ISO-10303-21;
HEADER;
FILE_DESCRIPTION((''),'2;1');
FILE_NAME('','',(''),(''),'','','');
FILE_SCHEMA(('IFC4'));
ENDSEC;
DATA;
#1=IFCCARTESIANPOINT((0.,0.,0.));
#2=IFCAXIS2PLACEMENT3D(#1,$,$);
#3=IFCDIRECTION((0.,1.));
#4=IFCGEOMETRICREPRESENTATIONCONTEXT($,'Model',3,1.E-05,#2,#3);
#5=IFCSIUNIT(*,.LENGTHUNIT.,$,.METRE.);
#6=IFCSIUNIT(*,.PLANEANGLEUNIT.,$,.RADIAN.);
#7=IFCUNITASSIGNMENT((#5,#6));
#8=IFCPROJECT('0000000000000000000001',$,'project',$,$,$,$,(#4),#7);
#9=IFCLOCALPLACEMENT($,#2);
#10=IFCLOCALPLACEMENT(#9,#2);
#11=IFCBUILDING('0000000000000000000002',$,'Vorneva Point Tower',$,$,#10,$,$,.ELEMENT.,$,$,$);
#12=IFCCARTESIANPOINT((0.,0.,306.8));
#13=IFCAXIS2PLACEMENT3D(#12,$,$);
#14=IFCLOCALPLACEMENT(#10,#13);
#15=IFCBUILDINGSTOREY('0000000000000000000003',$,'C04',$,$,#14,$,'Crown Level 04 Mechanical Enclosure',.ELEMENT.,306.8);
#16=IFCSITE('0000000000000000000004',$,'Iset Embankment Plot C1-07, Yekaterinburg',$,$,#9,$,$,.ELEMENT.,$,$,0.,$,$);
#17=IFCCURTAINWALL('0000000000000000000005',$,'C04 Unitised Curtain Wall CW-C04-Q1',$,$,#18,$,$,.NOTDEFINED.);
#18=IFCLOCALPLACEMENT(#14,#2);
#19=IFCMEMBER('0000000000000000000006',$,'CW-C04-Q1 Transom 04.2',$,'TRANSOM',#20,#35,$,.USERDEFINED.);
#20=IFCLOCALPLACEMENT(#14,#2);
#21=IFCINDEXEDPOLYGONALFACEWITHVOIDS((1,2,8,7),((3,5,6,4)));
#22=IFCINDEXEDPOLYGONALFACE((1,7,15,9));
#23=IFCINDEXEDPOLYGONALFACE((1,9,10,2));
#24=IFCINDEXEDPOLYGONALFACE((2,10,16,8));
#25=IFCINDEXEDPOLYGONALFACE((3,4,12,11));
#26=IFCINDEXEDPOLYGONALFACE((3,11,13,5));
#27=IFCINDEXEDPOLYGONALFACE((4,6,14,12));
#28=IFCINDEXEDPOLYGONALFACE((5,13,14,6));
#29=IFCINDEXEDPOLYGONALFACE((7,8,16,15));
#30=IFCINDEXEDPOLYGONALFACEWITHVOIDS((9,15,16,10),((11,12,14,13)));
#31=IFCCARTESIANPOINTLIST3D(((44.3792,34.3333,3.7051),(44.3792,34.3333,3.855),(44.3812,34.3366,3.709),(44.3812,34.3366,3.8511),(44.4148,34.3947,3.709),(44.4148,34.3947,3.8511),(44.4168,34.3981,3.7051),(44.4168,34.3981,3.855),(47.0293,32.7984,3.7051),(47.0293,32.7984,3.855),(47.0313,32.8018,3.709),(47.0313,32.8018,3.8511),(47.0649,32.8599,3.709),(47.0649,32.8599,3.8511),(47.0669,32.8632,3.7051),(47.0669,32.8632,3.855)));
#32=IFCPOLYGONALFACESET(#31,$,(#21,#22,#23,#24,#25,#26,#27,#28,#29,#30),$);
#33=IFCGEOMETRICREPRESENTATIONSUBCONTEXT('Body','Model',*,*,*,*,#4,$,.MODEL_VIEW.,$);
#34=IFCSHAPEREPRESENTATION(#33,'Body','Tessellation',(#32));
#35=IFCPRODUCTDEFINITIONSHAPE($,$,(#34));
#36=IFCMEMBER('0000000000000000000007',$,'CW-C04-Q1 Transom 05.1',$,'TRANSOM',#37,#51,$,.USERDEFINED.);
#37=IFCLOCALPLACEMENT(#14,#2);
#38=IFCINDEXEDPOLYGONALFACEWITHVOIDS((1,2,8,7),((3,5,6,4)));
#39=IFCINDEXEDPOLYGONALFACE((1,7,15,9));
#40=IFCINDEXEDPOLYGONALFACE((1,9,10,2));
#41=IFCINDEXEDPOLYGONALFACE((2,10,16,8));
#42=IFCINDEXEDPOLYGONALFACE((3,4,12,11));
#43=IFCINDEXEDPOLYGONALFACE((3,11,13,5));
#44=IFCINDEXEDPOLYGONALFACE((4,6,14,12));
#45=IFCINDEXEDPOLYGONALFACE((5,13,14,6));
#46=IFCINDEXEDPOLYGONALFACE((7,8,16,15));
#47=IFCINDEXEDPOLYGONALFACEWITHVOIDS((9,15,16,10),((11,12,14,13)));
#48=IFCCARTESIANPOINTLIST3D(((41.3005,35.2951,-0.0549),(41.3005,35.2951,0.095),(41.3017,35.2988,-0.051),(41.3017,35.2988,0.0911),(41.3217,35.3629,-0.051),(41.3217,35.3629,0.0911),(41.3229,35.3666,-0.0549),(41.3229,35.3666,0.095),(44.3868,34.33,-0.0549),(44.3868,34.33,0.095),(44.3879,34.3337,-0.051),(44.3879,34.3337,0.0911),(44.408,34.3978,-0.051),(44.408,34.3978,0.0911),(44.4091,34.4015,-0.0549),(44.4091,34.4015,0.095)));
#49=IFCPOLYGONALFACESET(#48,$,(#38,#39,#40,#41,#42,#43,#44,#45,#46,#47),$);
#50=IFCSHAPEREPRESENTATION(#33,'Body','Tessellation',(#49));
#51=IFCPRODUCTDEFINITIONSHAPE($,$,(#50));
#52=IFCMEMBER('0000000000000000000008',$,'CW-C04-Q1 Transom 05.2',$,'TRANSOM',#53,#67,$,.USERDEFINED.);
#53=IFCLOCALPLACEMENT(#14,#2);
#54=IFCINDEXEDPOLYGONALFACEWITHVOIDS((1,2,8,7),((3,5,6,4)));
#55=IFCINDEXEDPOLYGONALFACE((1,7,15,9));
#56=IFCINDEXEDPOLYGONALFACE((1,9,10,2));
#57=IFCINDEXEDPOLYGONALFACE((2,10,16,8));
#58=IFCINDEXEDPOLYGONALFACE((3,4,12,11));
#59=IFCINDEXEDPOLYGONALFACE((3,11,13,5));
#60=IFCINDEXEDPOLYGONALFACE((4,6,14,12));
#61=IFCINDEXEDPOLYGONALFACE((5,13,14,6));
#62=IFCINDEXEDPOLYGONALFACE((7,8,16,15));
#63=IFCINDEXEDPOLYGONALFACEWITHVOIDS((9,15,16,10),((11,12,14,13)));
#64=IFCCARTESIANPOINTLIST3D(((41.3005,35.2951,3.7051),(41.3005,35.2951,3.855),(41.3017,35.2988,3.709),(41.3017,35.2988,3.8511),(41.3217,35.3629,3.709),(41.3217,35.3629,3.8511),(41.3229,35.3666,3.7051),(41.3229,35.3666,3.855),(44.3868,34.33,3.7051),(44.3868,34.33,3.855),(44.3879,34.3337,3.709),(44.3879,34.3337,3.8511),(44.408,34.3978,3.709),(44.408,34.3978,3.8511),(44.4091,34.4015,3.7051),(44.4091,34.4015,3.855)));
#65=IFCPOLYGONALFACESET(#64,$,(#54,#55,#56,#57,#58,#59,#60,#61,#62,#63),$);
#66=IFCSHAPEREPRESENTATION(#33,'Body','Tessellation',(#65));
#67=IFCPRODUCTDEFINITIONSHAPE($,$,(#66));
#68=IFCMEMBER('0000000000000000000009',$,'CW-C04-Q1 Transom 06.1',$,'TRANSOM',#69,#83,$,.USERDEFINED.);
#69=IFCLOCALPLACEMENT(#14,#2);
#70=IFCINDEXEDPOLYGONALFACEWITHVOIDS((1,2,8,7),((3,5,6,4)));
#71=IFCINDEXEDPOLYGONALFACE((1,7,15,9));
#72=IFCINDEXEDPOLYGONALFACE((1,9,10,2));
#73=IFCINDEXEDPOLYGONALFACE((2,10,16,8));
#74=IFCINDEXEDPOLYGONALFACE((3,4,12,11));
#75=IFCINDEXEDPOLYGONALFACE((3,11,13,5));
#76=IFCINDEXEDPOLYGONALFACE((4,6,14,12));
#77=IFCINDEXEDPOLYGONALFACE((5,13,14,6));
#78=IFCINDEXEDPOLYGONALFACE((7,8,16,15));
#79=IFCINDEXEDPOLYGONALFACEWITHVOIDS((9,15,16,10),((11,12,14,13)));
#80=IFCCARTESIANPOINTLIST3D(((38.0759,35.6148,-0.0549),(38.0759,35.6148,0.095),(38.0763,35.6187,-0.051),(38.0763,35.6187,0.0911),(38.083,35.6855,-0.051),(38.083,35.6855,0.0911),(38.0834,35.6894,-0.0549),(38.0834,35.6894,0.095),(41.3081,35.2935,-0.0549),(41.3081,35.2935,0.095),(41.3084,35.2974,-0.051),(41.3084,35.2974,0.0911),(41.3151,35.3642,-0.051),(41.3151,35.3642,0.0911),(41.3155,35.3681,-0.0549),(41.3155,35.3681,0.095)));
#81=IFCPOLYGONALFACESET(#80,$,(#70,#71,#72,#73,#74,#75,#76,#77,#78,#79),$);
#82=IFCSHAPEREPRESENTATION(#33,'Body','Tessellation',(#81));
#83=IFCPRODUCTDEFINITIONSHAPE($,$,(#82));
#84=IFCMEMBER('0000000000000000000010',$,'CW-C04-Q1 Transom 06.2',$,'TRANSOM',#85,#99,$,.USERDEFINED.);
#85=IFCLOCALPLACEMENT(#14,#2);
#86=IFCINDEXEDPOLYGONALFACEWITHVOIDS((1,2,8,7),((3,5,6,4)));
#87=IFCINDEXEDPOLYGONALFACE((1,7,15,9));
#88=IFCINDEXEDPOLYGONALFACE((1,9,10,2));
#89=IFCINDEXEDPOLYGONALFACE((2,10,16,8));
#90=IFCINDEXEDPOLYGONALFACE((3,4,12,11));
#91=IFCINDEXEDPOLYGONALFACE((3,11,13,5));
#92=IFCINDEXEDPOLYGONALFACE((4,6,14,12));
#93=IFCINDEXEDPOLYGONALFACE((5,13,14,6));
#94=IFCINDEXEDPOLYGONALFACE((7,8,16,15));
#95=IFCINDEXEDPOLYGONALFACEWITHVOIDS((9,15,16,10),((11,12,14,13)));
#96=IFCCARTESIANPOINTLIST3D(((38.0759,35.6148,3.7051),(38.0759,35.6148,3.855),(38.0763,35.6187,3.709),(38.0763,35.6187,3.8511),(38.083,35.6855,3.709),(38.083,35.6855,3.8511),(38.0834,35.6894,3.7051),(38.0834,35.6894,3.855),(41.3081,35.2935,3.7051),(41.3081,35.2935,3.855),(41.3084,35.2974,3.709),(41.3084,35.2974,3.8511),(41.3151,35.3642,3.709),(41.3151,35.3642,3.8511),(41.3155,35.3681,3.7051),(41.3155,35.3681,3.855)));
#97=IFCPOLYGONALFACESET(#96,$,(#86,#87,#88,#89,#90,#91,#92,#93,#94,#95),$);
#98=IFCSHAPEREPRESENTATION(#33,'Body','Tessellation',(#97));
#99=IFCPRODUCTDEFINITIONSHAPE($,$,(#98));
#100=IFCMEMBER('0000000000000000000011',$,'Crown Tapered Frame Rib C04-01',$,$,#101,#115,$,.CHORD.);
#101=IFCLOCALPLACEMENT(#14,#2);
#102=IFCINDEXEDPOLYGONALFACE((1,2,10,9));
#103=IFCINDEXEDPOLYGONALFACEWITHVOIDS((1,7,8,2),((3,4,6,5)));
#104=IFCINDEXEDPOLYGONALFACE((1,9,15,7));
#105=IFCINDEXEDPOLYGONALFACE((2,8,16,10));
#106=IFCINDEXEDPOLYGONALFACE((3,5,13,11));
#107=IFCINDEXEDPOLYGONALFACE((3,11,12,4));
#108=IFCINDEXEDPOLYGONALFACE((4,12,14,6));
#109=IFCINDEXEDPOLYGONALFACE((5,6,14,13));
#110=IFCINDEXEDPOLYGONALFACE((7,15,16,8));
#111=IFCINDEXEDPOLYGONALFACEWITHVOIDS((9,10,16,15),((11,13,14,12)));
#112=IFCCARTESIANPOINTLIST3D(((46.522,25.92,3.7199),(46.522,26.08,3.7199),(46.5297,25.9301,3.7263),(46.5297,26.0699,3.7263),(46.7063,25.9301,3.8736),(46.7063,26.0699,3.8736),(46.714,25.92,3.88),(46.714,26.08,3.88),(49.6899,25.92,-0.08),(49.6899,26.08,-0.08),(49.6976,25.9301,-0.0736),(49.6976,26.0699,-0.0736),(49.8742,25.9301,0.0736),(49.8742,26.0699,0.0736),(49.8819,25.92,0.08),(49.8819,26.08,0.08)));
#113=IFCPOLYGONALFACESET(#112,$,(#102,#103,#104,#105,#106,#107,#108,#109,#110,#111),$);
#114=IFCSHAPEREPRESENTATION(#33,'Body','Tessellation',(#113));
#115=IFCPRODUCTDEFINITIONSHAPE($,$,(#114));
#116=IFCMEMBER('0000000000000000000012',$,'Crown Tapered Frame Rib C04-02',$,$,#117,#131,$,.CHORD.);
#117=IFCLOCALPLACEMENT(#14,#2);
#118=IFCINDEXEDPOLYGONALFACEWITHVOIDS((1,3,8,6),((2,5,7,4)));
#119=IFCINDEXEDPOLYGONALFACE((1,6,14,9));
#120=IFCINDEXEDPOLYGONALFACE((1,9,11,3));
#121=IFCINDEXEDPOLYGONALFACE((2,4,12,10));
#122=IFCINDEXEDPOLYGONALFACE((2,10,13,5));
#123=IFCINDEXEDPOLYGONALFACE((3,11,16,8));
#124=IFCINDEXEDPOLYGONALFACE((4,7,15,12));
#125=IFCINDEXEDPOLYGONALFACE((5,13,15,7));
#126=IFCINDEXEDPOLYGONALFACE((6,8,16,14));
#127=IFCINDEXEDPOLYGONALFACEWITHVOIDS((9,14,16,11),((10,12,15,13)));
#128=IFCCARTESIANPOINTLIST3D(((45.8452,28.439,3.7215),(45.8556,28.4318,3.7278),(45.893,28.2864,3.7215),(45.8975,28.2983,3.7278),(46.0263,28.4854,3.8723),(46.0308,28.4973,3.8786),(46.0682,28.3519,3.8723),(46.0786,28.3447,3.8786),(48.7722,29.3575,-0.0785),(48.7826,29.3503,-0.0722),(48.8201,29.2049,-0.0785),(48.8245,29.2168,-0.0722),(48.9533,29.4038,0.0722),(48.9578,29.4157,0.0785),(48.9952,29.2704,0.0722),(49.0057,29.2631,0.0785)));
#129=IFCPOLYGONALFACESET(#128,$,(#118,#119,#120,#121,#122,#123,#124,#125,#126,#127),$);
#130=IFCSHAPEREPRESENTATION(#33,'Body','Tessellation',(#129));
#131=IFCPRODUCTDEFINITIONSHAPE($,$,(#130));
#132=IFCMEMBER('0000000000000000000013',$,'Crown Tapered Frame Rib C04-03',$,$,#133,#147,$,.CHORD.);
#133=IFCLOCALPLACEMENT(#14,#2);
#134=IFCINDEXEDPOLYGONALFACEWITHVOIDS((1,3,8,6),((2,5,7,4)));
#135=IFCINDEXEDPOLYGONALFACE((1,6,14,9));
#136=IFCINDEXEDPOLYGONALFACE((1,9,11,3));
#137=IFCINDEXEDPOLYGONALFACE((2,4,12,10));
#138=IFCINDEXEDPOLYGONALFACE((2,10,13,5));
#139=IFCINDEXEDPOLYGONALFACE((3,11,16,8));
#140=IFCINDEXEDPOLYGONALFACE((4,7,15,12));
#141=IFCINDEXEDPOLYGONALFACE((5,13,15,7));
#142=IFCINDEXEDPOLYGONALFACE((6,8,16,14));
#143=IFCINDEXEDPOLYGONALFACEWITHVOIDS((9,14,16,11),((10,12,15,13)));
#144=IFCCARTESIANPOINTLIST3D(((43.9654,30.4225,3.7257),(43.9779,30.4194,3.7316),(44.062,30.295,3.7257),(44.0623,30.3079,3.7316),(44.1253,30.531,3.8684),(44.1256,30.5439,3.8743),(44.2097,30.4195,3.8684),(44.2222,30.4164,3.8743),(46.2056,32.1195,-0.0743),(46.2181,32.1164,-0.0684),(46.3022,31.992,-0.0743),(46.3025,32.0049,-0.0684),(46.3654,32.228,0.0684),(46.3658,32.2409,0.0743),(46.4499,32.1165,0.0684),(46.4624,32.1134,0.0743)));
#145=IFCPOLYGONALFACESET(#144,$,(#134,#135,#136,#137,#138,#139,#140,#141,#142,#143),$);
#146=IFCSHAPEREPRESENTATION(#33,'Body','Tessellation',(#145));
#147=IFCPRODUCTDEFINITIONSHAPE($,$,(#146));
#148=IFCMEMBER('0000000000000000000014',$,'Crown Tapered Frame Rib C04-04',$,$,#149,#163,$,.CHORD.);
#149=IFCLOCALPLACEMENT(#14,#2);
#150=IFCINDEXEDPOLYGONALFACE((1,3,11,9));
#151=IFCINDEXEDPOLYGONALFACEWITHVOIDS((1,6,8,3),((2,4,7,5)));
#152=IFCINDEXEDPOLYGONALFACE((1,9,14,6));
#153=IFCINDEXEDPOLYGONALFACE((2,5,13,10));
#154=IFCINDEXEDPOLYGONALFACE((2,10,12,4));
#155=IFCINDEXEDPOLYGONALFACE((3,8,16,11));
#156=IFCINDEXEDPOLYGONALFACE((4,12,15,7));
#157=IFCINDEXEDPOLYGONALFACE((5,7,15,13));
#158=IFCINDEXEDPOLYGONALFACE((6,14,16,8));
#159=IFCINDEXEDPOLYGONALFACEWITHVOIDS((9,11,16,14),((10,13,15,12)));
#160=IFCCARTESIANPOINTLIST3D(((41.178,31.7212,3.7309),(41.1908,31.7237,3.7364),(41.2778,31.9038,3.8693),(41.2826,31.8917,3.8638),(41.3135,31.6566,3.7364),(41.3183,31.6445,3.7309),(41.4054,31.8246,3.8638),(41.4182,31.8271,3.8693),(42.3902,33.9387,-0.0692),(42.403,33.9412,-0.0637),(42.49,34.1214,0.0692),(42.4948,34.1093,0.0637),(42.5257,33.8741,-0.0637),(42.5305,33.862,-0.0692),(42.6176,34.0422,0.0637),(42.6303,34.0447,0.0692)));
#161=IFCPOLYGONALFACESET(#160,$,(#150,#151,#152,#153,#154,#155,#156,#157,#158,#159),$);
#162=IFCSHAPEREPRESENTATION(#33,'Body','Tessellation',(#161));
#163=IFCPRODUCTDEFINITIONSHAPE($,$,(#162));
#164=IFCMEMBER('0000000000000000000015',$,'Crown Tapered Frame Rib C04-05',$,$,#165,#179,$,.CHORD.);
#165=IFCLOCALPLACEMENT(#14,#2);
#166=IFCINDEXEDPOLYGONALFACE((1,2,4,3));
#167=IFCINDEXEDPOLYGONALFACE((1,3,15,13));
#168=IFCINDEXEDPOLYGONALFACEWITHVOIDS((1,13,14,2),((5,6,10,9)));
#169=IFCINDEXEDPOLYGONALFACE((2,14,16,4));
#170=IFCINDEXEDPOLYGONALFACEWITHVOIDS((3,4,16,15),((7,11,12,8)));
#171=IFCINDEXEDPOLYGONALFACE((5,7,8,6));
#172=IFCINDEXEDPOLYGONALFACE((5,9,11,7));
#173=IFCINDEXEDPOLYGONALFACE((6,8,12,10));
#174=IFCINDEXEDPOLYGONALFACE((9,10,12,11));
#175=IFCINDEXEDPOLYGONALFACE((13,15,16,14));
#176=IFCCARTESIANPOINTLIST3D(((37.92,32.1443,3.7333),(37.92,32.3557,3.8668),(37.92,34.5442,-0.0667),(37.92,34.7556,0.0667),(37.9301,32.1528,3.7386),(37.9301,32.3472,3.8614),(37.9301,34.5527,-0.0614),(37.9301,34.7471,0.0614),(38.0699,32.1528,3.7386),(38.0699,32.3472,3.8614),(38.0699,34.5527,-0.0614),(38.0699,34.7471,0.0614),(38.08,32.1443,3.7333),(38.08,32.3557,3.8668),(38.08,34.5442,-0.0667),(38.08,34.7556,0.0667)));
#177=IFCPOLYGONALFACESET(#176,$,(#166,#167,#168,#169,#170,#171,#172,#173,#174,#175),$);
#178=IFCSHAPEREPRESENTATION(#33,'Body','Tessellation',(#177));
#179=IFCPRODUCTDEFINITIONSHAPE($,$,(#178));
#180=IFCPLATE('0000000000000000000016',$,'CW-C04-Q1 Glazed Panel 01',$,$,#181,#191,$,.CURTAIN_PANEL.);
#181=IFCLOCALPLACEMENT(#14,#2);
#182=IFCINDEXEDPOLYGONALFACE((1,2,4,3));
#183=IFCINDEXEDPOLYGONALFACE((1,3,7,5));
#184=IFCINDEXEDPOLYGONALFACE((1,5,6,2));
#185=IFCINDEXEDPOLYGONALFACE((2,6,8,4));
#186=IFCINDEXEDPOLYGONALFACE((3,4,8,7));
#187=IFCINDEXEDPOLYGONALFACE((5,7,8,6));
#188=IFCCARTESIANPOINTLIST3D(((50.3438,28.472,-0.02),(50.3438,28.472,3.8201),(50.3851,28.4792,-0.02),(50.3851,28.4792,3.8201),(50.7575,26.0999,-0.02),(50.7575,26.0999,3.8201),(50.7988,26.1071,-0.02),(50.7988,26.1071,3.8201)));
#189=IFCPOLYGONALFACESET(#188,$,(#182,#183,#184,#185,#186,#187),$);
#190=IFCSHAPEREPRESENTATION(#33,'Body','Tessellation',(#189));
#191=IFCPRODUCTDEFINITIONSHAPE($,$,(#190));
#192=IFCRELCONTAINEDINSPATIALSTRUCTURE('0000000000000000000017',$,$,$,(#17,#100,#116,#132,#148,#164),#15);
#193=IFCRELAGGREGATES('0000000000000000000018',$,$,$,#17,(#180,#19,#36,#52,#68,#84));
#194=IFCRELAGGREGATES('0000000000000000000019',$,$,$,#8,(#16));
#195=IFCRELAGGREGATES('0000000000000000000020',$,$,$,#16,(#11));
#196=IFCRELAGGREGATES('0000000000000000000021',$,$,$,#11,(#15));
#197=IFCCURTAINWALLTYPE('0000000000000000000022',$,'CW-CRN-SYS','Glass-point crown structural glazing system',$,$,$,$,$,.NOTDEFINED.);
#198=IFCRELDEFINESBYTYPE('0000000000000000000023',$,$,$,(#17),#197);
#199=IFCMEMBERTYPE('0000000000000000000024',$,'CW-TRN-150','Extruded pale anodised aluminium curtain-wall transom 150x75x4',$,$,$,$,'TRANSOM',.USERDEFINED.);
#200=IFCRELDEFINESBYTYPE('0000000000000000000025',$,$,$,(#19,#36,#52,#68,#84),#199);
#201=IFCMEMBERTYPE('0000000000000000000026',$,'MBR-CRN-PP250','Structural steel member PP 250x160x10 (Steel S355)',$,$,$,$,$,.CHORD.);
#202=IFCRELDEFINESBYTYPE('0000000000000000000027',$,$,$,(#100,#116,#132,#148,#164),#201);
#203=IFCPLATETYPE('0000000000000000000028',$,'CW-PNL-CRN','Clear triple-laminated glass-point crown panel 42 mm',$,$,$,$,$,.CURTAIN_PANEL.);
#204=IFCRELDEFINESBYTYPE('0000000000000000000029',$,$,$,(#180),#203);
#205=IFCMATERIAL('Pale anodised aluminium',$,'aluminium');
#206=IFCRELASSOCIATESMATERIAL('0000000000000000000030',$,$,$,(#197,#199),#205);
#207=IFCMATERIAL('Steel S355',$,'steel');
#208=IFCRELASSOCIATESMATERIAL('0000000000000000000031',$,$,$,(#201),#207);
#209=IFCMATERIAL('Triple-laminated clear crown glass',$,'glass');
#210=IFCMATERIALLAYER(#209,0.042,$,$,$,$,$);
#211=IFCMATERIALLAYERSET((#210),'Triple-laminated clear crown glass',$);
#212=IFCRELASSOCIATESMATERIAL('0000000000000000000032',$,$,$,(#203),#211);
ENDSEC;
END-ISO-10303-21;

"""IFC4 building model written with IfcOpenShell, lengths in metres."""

from ifc_helpers import new_model, si_unit, direction, frame, origin, origin_2d, place, context, subcontext, project, spatial, rectangle, hollow_rectangle, extrude, material, layer, layer_set, material_profile, profile_set, type_object, element, aggregate, save


model = new_model("IFC4")

# Units and contexts
model_context = context("Model", 3, precision=1e-05, world=origin(), true_north=direction((0.0, 1.0)))
body_context = subcontext(model_context, "Body", "Model", "MODEL_VIEW")
ifc_project = project(units=[si_unit("LENGTHUNIT", "METRE"), si_unit("PLANEANGLEUNIT", "RADIAN")], contexts=[model_context])

# Site, building, storey
site_placement = place(None, origin())
site = spatial("IfcSite", under=ifc_project, at=site_placement, Name="Iset Embankment Plot C1-07, Yekaterinburg", CompositionType="ELEMENT", RefElevation=0.0)
building_placement = place(site_placement, origin())
building = spatial("IfcBuilding", under=site, at=building_placement, Name="Vorneva Point Tower", CompositionType="ELEMENT")
storey_placement = place(building_placement, frame((0.0, 0.0, 306.8)))
storey = spatial("IfcBuildingStorey", under=building, at=storey_placement, Name="C04", LongName="Crown Level 04 Mechanical Enclosure", CompositionType="ELEMENT", Elevation=306.8)

# Shared definitions
ifc_material_1 = material(Name="Steel S355", Category="steel")

# Curtain wall, members
ifc_material_2 = material(Name="Pale anodised aluminium", Category="aluminium")
curtain_wall_type = type_object("IfcCurtainWallType", Name="CW-CRN-SYS", Description="Glass-point crown structural glazing system", PredefinedType="NOTDEFINED", material=ifc_material_2)
curtain_wall_placement = place(storey_placement, origin())
curtain_wall = element("IfcCurtainWall", 1, at=curtain_wall_placement, inside=storey, type_object=curtain_wall_type, Name="C04 Unitised Curtain Wall CW-C04-Q1", PredefinedType="NOTDEFINED")
ifc_material_profile_1 = material_profile(ifc_material_2, hollow_rectangle(XDim=0.075, YDim=0.1499, WallThickness=0.0039, at=origin_2d()), Name="AL-TRN 150x75x4")
ifc_profile_set_1 = profile_set([ifc_material_profile_1], Name="Pale anodised aluminium")
member_type_1 = type_object("IfcMemberType", Name="CW-TRN-150", Description="Extruded pale anodised aluminium curtain-wall transom 150x75x4", ElementType="TRANSOM", PredefinedType="USERDEFINED", material=ifc_profile_set_1)
member_1_placement = place(storey_placement, frame((47.0481, 32.8308, 3.78), z_axis=(-0.865339, 0.501187, 0.0), x_axis=(-0.501187, -0.865339, 0.0)))
member_1 = element("IfcMember", 2, at=member_1_placement, type_object=member_type_1, Name="CW-C04-Q1 Transom 04.2", ObjectType="TRANSOM", PredefinedType="USERDEFINED", context=body_context, shape_type="SweptSolid", body=[
    extrude(hollow_rectangle(XDim=0.075, YDim=0.1499, WallThickness=0.0039, at=origin_2d()), origin(), (0.0, 0.0, 1.0), 3.0625),
])
member_2_placement = place(storey_placement, frame((44.3979, 34.3657, 0.02), z_axis=(-0.954422, 0.29846, 0.0), x_axis=(-0.29846, -0.954422, 0.0)))
member_2 = element("IfcMember", 3, at=member_2_placement, type_object=member_type_1, Name="CW-C04-Q1 Transom 05.1", ObjectType="TRANSOM", PredefinedType="USERDEFINED", context=body_context, shape_type="SweptSolid", body=[
    extrude(hollow_rectangle(XDim=0.075, YDim=0.1499, WallThickness=0.0039, at=origin_2d()), origin(), (0.0, 0.0, 1.0), 3.2336),
])
member_3_placement = place(storey_placement, frame((44.3979, 34.3657, 3.78), z_axis=(-0.954422, 0.29846, 0.0), x_axis=(-0.29846, -0.954422, 0.0)))
member_3 = element("IfcMember", 4, at=member_3_placement, type_object=member_type_1, Name="CW-C04-Q1 Transom 05.2", ObjectType="TRANSOM", PredefinedType="USERDEFINED", context=body_context, shape_type="SweptSolid", body=[
    extrude(hollow_rectangle(XDim=0.075, YDim=0.1499, WallThickness=0.0039, at=origin_2d()), origin(), (0.0, 0.0, 1.0), 3.2336),
])
member_4_placement = place(storey_placement, frame((41.3118, 35.3308, 0.02), z_axis=(-0.995096, 0.098916, 0.0), x_axis=(-0.098916, -0.995096, 0.0)))
member_4 = element("IfcMember", 5, at=member_4_placement, type_object=member_type_1, Name="CW-C04-Q1 Transom 06.1", ObjectType="TRANSOM", PredefinedType="USERDEFINED", context=body_context, shape_type="SweptSolid", body=[
    extrude(hollow_rectangle(XDim=0.075, YDim=0.1499, WallThickness=0.0039, at=origin_2d()), origin(), (0.0, 0.0, 1.0), 3.248),
])
member_5_placement = place(storey_placement, frame((41.3118, 35.3308, 3.78), z_axis=(-0.995096, 0.098916, 0.0), x_axis=(-0.098916, -0.995096, 0.0)))
member_5 = element("IfcMember", 6, at=member_5_placement, type_object=member_type_1, Name="CW-C04-Q1 Transom 06.2", ObjectType="TRANSOM", PredefinedType="USERDEFINED", context=body_context, shape_type="SweptSolid", body=[
    extrude(hollow_rectangle(XDim=0.075, YDim=0.1499, WallThickness=0.0039, at=origin_2d()), origin(), (0.0, 0.0, 1.0), 3.248),
])

# Members
ifc_material_profile_2 = material_profile(ifc_material_1, hollow_rectangle(XDim=0.1599, YDim=0.25, WallThickness=0.01, at=origin_2d()), Name="PP 250x160x10")
ifc_profile_set_2 = profile_set([ifc_material_profile_2], Name="Steel S355")
member_type_2 = type_object("IfcMemberType", Name="MBR-CRN-PP250", Description="Structural steel member PP 250x160x10 (Steel S355)", PredefinedType="CHORD", material=ifc_profile_set_2)
member_6_placement = place(storey_placement, frame((49.7859, 26.0, 0.0), z_axis=(-0.640335, 0.0, 0.768096), x_axis=(0.0, -1.0, 0.0)))
element("IfcMember", 7, at=member_6_placement, inside=storey, type_object=member_type_2, Name="Crown Tapered Frame Rib C04-01", PredefinedType="CHORD", context=body_context, shape_type="SweptSolid", body=[
    extrude(hollow_rectangle(XDim=0.1599, YDim=0.25, WallThickness=0.01, at=origin_2d()), origin(), (0.0, 0.0, 1.0), 4.9473),
])
member_7_placement = place(storey_placement, frame((48.8889, 29.3103, 0.0), z_axis=(-0.599332, -0.188063, 0.778096), x_axis=(0.299394, -0.95413, 0.0)))
element("IfcMember", 8, at=member_7_placement, inside=storey, type_object=member_type_2, Name="Crown Tapered Frame Rib C04-02", PredefinedType="CHORD", context=body_context, shape_type="SweptSolid", body=[
    extrude(hollow_rectangle(XDim=0.1599, YDim=0.25, WallThickness=0.01, at=origin_2d()), origin(), (0.0, 0.0, 1.0), 4.8838),
])
member_8_placement = place(storey_placement, frame((46.334, 32.1165, 0.0), z_axis=(-0.473983, -0.359051, 0.804004), x_axis=(0.603829, -0.797114, 0.0)))
element("IfcMember", 9, at=member_8_placement, inside=storey, type_object=member_type_2, Name="Crown Tapered Frame Rib C04-03", PredefinedType="CHORD", context=body_context, shape_type="SweptSolid", body=[
    extrude(hollow_rectangle(XDim=0.1599, YDim=0.25, WallThickness=0.01, at=origin_2d()), origin(), (0.0, 0.0, 1.0), 4.7263),
])
member_9_placement = place(storey_placement, frame((42.5103, 33.9917, 0.0), z_axis=(-0.26561, -0.485909, 0.832673), x_axis=(0.877463, -0.479644, 0.0)))
element("IfcMember", 10, at=member_9_placement, inside=storey, type_object=member_type_2, Name="Crown Tapered Frame Rib C04-04", PredefinedType="CHORD", context=body_context, shape_type="SweptSolid", body=[
    extrude(hollow_rectangle(XDim=0.1599, YDim=0.25, WallThickness=0.01, at=origin_2d()), origin(), (0.0, 0.0, 1.0), 4.5637),
])
member_10_placement = place(storey_placement, frame((38.0, 34.6499, 0.0), z_axis=(0.0, -0.533973, 0.845502), x_axis=(1.0, 0.0, 0.0)))
element("IfcMember", 11, at=member_10_placement, inside=storey, type_object=member_type_2, Name="Crown Tapered Frame Rib C04-05", PredefinedType="CHORD", context=body_context, shape_type="SweptSolid", body=[
    extrude(hollow_rectangle(XDim=0.1599, YDim=0.25, WallThickness=0.01, at=origin_2d()), origin(), (0.0, 0.0, 1.0), 4.4944),
])

# Plate
ifc_material_3 = material(Name="Triple-laminated clear crown glass", Category="glass")
ifc_layer = layer(ifc_material_3, 0.042)
ifc_layer_set = layer_set([ifc_layer], Name="Triple-laminated clear crown glass")
plate_type = type_object("IfcPlateType", Name="CW-PNL-CRN", Description="Clear triple-laminated glass-point crown panel 42 mm", PredefinedType="CURTAIN_PANEL", material=ifc_layer_set)
plate_1_placement = place(storey_placement, frame((50.5713, 27.2896, -0.02), z_axis=(0.0, 0.0, 1.0), x_axis=(-0.171809, 0.98513, 0.0)))
plate_1 = element("IfcPlate", 12, at=plate_1_placement, type_object=plate_type, Name="CW-C04-Q1 Glazed Panel 01", PredefinedType="CURTAIN_PANEL", context=body_context, shape_type="SweptSolid", body=[
    extrude(rectangle(XDim=2.408, YDim=0.042, at=origin_2d()), origin(), (0.0, 0.0, 1.0), 3.8401),
])
aggregate(curtain_wall, [plate_1, member_1, member_2, member_3, member_4, member_5])

save(model, "model.ifc")
